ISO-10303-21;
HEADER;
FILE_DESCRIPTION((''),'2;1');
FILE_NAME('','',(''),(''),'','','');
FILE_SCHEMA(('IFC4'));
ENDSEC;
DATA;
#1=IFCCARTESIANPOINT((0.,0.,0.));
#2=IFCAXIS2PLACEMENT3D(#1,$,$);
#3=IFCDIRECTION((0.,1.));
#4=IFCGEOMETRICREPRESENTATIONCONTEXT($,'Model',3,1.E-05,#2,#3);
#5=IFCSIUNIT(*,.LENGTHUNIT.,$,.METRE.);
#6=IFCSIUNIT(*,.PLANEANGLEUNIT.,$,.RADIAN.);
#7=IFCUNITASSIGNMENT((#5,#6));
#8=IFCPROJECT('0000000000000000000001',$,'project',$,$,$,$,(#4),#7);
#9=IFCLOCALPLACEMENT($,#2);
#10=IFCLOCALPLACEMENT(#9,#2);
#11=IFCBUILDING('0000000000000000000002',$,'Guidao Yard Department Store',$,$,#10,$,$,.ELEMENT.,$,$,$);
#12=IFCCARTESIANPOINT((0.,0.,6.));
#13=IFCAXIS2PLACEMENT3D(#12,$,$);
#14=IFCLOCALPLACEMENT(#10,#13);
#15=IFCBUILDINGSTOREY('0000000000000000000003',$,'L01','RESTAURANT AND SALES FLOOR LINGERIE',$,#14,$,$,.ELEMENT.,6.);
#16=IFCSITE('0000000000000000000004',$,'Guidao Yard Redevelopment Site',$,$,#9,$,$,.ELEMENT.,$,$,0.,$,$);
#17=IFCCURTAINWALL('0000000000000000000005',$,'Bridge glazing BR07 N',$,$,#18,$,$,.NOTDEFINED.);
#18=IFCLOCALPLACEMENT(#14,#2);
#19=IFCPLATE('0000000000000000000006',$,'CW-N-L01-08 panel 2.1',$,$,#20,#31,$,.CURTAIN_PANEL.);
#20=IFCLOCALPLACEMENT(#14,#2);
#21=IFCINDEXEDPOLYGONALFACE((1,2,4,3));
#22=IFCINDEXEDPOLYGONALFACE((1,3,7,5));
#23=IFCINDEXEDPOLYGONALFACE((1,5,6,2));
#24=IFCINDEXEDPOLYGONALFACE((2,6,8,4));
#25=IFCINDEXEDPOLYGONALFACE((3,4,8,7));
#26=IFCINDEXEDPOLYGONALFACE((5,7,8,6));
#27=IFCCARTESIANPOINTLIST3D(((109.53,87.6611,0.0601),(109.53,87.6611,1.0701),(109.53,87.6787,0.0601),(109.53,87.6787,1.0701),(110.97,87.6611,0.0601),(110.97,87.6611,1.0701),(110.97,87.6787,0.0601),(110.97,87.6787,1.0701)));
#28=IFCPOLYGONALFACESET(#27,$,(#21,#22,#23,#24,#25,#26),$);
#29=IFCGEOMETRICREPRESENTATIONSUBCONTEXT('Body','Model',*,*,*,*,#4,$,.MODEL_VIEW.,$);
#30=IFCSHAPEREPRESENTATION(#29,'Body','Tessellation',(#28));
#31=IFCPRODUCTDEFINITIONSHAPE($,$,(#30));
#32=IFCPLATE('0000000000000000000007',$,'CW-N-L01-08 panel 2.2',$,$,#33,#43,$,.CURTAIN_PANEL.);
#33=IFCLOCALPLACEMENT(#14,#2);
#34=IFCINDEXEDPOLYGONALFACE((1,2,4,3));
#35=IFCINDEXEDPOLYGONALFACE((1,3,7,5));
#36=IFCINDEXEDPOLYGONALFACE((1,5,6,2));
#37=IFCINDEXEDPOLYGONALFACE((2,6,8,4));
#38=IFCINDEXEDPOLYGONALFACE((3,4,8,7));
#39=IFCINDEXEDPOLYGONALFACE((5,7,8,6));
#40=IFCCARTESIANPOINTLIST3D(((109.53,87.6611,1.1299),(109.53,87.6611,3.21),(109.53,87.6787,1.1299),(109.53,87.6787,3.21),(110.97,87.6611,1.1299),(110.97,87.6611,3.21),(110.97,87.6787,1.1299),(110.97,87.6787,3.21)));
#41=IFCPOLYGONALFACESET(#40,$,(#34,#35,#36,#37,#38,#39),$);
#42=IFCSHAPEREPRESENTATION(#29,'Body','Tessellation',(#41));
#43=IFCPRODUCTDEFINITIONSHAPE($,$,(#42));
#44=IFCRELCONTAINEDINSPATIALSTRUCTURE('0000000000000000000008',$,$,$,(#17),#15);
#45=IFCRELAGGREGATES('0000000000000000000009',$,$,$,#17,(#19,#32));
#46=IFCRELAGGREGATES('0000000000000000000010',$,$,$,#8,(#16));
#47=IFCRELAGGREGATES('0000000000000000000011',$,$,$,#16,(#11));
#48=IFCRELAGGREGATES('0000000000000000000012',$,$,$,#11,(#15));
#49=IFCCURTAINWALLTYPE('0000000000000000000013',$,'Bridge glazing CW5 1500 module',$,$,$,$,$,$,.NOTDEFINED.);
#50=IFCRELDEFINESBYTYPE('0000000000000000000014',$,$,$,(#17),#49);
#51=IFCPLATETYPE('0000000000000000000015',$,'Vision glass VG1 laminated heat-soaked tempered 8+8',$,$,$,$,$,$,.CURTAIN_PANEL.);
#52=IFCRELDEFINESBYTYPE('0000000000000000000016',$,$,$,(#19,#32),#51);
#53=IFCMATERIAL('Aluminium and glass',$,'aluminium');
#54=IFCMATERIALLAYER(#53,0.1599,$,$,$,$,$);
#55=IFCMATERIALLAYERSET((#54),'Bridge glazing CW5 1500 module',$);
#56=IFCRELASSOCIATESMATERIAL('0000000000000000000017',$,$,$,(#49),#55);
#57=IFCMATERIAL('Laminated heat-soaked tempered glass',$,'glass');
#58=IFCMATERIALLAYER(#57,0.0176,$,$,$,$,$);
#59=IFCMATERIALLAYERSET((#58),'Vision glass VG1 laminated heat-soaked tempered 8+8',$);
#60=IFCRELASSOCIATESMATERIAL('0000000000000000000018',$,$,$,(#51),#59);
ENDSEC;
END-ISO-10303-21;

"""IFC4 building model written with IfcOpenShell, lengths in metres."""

from ifc_helpers import new_model, si_unit, direction, frame, origin, origin_2d, place, context, subcontext, project, spatial, rectangle, extrude, material, layer, layer_set, type_object, element, aggregate, save


model = new_model("IFC4")

# Units and contexts
model_context = context("Model", 3, precision=1e-05, world=origin(), true_north=direction((0.0, 1.0)))
body_context = subcontext(model_context, "Body", "Model", "MODEL_VIEW")
ifc_project = project(units=[si_unit("LENGTHUNIT", "METRE"), si_unit("PLANEANGLEUNIT", "RADIAN")], contexts=[model_context])

# Site, building, storey
site_placement = place(None, origin())
site = spatial("IfcSite", under=ifc_project, at=site_placement, Name="Guidao Yard Redevelopment Site", CompositionType="ELEMENT", RefElevation=0.0)
building_placement = place(site_placement, origin())
building = spatial("IfcBuilding", under=site, at=building_placement, Name="Guidao Yard Department Store", CompositionType="ELEMENT")
storey_placement = place(building_placement, frame((0.0, 0.0, 6.0)))
storey = spatial("IfcBuildingStorey", under=building, at=storey_placement, Name="L01", Description="RESTAURANT AND SALES FLOOR LINGERIE", CompositionType="ELEMENT", Elevation=6.0)

# Shared definitions
ifc_material_1 = material(Name="Aluminium and glass", Category="aluminium")
ifc_layer_1 = layer(ifc_material_1, 0.1599)
ifc_layer_set_1 = layer_set([ifc_layer_1], Name="Bridge glazing CW5 1500 module")
curtain_wall_type = type_object("IfcCurtainWallType", Name="Bridge glazing CW5 1500 module", PredefinedType="NOTDEFINED", material=ifc_layer_set_1)

# Curtain wall
curtain_wall_1_placement = place(storey_placement, origin())
curtain_wall_1 = element("IfcCurtainWall", 1, at=curtain_wall_1_placement, inside=storey, type_object=curtain_wall_type, Name="Bridge glazing BR07 N", PredefinedType="NOTDEFINED")

# Plates
ifc_material_2 = material(Name="Laminated heat-soaked tempered glass", Category="glass")
ifc_layer_2 = layer(ifc_material_2, 0.0176)
ifc_layer_set_2 = layer_set([ifc_layer_2], Name="Vision glass VG1 laminated heat-soaked tempered 8+8")
plate_type_1 = type_object("IfcPlateType", Name="Vision glass VG1 laminated heat-soaked tempered 8+8", PredefinedType="CURTAIN_PANEL", material=ifc_layer_set_2)
plate_1_placement = place(storey_placement, frame((110.25, 87.6699, 0.0601), z_axis=(0.0, 0.0, 1.0), x_axis=(1.0, 0.0, 0.0)))
plate_1 = element("IfcPlate", 2, at=plate_1_placement, type_object=plate_type_1, Name="CW-N-L01-08 panel 2.1", PredefinedType="CURTAIN_PANEL", context=body_context, shape_type="SweptSolid", body=[
    extrude(rectangle(XDim=1.4399, YDim=0.0176, at=origin_2d()), origin(), (0.0, 0.0, 1.0), 1.01),
])
plate_2_placement = place(storey_placement, frame((110.25, 87.6699, 1.1299), z_axis=(0.0, 0.0, 1.0), x_axis=(1.0, 0.0, 0.0)))
plate_2 = element("IfcPlate", 3, at=plate_2_placement, type_object=plate_type_1, Name="CW-N-L01-08 panel 2.2", PredefinedType="CURTAIN_PANEL", context=body_context, shape_type="SweptSolid", body=[
    extrude(rectangle(XDim=1.4399, YDim=0.0176, at=origin_2d()), origin(), (0.0, 0.0, 1.0), 2.0801),
])
aggregate(curtain_wall_1, [plate_1, plate_2])

save(model, "model.ifc")
